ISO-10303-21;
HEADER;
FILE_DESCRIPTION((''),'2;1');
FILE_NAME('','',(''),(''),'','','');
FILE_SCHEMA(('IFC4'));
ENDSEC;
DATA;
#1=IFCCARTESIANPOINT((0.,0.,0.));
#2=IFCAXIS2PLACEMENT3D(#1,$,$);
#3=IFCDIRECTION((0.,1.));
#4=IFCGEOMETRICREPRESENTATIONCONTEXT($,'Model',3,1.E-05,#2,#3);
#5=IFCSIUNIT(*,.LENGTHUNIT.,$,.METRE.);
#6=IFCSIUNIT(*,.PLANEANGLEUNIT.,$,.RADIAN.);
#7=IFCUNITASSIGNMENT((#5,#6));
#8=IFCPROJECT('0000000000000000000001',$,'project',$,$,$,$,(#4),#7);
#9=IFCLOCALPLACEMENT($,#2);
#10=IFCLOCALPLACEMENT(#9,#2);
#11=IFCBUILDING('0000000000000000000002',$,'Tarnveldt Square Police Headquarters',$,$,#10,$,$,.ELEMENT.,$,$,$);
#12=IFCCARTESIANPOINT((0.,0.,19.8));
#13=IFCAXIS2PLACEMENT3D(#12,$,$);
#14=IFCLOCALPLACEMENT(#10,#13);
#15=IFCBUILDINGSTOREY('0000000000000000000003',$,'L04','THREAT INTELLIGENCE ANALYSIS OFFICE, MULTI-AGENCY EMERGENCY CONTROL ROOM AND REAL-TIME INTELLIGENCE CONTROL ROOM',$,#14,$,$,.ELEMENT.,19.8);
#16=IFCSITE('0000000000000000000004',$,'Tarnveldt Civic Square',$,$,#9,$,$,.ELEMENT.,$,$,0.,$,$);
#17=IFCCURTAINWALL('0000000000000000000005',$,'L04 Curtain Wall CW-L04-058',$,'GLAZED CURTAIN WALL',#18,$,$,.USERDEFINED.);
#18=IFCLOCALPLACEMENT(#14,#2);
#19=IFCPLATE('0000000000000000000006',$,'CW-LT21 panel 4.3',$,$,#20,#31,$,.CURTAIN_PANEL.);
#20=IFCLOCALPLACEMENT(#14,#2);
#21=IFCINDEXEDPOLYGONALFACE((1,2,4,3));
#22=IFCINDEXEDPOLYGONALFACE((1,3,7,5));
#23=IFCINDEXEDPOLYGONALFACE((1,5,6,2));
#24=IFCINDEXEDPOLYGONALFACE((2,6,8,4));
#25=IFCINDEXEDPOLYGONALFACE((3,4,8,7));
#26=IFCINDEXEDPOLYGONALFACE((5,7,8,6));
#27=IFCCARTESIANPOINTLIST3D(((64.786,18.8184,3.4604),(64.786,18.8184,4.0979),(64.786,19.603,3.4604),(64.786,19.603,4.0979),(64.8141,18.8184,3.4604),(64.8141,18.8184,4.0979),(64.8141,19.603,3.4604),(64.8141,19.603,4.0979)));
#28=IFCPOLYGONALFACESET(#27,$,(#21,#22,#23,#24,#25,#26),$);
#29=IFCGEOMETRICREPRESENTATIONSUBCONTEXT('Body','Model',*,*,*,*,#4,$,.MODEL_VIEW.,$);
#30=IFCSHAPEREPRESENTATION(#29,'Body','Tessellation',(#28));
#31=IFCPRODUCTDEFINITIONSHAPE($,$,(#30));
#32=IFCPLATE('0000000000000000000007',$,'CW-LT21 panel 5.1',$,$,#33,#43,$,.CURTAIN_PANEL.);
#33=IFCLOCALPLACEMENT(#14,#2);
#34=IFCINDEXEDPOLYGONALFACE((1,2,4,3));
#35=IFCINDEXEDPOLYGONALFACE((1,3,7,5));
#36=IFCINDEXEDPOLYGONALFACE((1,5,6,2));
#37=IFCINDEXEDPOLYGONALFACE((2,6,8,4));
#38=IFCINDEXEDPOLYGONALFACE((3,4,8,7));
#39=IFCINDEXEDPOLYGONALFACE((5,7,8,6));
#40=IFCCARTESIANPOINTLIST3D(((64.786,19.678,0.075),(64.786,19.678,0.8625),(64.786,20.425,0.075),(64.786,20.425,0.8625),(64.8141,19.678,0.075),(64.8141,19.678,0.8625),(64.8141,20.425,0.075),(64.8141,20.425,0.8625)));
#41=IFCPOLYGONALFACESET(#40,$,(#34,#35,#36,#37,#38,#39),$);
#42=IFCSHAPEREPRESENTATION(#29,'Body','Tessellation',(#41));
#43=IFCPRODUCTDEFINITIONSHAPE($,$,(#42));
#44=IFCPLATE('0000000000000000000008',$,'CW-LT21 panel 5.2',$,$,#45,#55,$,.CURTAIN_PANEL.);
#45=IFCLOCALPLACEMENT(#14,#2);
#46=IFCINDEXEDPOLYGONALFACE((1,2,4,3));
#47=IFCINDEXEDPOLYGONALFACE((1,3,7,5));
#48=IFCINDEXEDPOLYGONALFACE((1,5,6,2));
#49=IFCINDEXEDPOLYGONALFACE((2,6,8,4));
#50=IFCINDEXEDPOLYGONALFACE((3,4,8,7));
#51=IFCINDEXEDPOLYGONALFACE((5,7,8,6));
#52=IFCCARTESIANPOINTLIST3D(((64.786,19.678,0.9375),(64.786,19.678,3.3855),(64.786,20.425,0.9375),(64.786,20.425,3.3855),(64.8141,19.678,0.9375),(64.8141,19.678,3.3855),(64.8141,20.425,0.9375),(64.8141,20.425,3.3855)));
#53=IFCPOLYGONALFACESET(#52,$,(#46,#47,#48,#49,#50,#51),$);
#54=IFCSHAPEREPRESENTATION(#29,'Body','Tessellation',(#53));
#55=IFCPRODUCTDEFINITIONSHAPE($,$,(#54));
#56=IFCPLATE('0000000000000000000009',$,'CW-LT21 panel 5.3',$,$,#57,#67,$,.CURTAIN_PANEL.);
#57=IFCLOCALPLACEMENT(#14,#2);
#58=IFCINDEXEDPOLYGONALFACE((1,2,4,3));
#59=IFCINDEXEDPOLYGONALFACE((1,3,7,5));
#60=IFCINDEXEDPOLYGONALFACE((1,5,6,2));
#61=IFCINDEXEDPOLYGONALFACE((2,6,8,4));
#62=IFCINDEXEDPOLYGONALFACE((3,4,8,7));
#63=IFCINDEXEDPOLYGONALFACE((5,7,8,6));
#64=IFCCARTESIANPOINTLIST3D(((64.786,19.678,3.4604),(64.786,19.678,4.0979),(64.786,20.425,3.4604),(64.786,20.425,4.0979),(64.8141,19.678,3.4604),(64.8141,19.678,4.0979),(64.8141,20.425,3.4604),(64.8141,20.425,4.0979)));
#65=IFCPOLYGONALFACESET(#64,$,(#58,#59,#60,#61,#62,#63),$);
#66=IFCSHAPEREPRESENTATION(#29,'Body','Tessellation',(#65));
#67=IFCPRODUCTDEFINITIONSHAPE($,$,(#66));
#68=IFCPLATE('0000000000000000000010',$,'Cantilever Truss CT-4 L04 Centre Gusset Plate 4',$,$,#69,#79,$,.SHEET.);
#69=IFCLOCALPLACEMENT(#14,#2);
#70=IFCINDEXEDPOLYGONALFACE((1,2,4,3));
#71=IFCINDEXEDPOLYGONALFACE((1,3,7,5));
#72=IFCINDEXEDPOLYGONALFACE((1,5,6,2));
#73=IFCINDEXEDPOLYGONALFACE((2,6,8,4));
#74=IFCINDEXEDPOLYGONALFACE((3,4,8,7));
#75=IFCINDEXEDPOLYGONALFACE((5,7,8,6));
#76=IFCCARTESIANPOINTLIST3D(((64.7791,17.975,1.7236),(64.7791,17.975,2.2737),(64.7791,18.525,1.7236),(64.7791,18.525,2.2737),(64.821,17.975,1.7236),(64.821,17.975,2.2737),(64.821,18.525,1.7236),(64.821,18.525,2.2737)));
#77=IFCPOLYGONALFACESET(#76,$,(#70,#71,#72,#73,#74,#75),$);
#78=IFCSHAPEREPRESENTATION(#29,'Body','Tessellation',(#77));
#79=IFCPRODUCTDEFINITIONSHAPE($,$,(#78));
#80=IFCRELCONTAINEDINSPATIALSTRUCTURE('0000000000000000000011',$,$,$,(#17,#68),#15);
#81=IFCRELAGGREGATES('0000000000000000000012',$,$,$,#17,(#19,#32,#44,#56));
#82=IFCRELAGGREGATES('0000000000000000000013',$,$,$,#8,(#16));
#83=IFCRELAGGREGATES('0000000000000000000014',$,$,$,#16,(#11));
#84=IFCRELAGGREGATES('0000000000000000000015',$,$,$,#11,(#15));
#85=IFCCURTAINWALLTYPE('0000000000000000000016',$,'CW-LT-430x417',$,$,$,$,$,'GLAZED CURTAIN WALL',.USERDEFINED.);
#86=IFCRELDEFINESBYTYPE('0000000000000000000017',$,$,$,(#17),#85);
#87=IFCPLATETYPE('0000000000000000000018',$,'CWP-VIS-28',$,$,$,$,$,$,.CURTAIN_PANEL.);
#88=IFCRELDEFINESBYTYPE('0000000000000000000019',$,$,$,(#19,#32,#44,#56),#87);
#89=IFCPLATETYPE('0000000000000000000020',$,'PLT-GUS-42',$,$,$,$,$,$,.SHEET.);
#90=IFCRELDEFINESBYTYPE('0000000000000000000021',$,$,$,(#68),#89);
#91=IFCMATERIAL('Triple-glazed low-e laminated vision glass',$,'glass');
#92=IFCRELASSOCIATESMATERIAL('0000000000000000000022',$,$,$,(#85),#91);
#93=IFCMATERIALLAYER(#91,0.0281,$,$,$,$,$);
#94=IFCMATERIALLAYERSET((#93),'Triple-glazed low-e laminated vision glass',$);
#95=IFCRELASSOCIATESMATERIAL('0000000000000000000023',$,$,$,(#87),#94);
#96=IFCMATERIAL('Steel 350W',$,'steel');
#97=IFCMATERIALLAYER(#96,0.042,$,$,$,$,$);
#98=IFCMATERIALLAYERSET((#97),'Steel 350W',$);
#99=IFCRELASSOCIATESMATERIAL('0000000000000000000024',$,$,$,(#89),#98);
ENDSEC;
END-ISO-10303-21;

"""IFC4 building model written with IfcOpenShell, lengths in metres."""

from ifc_helpers import new_model, si_unit, direction, frame, origin, origin_2d, place, context, subcontext, project, spatial, rectangle, extrude, material, layer, layer_set, type_object, element, aggregate, save


model = new_model("IFC4")

# Units and contexts
model_context = context("Model", 3, precision=1e-05, world=origin(), true_north=direction((0.0, 1.0)))
body_context = subcontext(model_context, "Body", "Model", "MODEL_VIEW")
ifc_project = project(units=[si_unit("LENGTHUNIT", "METRE"), si_unit("PLANEANGLEUNIT", "RADIAN")], contexts=[model_context])

# Site, building, storey
site_placement = place(None, origin())
site = spatial("IfcSite", under=ifc_project, at=site_placement, Name="Tarnveldt Civic Square", CompositionType="ELEMENT", RefElevation=0.0)
building_placement = place(site_placement, origin())
building = spatial("IfcBuilding", under=site, at=building_placement, Name="Tarnveldt Square Police Headquarters", CompositionType="ELEMENT")
storey_placement = place(building_placement, frame((0.0, 0.0, 19.8)))
storey = spatial("IfcBuildingStorey", under=building, at=storey_placement, Name="L04", Description="THREAT INTELLIGENCE ANALYSIS OFFICE, MULTI-AGENCY EMERGENCY CONTROL ROOM AND REAL-TIME INTELLIGENCE CONTROL ROOM", CompositionType="ELEMENT", Elevation=19.8)

# Curtain wall
ifc_material_1 = material(Name="Triple-glazed low-e laminated vision glass", Category="glass")
curtain_wall_type = type_object("IfcCurtainWallType", Name="CW-LT-430x417", ElementType="GLAZED CURTAIN WALL", PredefinedType="USERDEFINED", material=ifc_material_1)
curtain_wall_placement = place(storey_placement, origin())
curtain_wall = element("IfcCurtainWall", 1, at=curtain_wall_placement, inside=storey, type_object=curtain_wall_type, Name="L04 Curtain Wall CW-L04-058", ObjectType="GLAZED CURTAIN WALL", PredefinedType="USERDEFINED")

# Shared definitions
ifc_material_2 = material(Name="Steel 350W", Category="steel")

# Plates
ifc_layer_1 = layer(ifc_material_1, 0.0281)
ifc_layer_set_1 = layer_set([ifc_layer_1], Name="Triple-glazed low-e laminated vision glass")
plate_type_1 = type_object("IfcPlateType", Name="CWP-VIS-28", PredefinedType="CURTAIN_PANEL", material=ifc_layer_set_1)
plate_1_placement = place(storey_placement, frame((64.8, 19.2107, 3.4604), z_axis=(0.0, 0.0, 1.0), x_axis=(0.0, 1.0, 0.0)))
plate_1 = element("IfcPlate", 2, at=plate_1_placement, type_object=plate_type_1, Name="CW-LT21 panel 4.3", PredefinedType="CURTAIN_PANEL", context=body_context, shape_type="SweptSolid", body=[
    extrude(rectangle(XDim=0.7847, YDim=0.0281, at=origin_2d()), origin(), (0.0, 0.0, 1.0), 0.6375),
])
plate_2_placement = place(storey_placement, frame((64.8, 20.0515, 0.075), z_axis=(0.0, 0.0, 1.0), x_axis=(0.0, 1.0, 0.0)))
plate_2 = element("IfcPlate", 3, at=plate_2_placement, type_object=plate_type_1, Name="CW-LT21 panel 5.1", PredefinedType="CURTAIN_PANEL", context=body_context, shape_type="SweptSolid", body=[
    extrude(rectangle(XDim=0.7471, YDim=0.0281, at=origin_2d()), origin(), (0.0, 0.0, 1.0), 0.7876),
])
plate_3_placement = place(storey_placement, frame((64.8, 20.0515, 0.9375), z_axis=(0.0, 0.0, 1.0), x_axis=(0.0, 1.0, 0.0)))
plate_3 = element("IfcPlate", 4, at=plate_3_placement, type_object=plate_type_1, Name="CW-LT21 panel 5.2", PredefinedType="CURTAIN_PANEL", context=body_context, shape_type="SweptSolid", body=[
    extrude(rectangle(XDim=0.7471, YDim=0.0281, at=origin_2d()), origin(), (0.0, 0.0, 1.0), 2.448),
])
plate_4_placement = place(storey_placement, frame((64.8, 20.0515, 3.4604), z_axis=(0.0, 0.0, 1.0), x_axis=(0.0, 1.0, 0.0)))
plate_4 = element("IfcPlate", 5, at=plate_4_placement, type_object=plate_type_1, Name="CW-LT21 panel 5.3", PredefinedType="CURTAIN_PANEL", context=body_context, shape_type="SweptSolid", body=[
    extrude(rectangle(XDim=0.7471, YDim=0.0281, at=origin_2d()), origin(), (0.0, 0.0, 1.0), 0.6375),
])
aggregate(curtain_wall, [plate_1, plate_2, plate_3, plate_4])
ifc_layer_2 = layer(ifc_material_2, 0.042)
ifc_layer_set_2 = layer_set([ifc_layer_2], Name="Steel 350W")
plate_type_2 = type_object("IfcPlateType", Name="PLT-GUS-42", PredefinedType="SHEET", material=ifc_layer_set_2)
plate_5_placement = place(storey_placement, frame((64.8, 18.25, 1.7236), z_axis=(0.0, 0.0, 1.0), x_axis=(1.0, 0.0, 0.0)))
element("IfcPlate", 6, at=plate_5_placement, inside=storey, type_object=plate_type_2, Name="Cantilever Truss CT-4 L04 Centre Gusset Plate 4", PredefinedType="SHEET", context=body_context, shape_type="SweptSolid", body=[
    extrude(rectangle(XDim=0.042, YDim=0.55, at=origin_2d()), origin(), (0.0, 0.0, 1.0), 0.55),
])

save(model, "model.ifc")
